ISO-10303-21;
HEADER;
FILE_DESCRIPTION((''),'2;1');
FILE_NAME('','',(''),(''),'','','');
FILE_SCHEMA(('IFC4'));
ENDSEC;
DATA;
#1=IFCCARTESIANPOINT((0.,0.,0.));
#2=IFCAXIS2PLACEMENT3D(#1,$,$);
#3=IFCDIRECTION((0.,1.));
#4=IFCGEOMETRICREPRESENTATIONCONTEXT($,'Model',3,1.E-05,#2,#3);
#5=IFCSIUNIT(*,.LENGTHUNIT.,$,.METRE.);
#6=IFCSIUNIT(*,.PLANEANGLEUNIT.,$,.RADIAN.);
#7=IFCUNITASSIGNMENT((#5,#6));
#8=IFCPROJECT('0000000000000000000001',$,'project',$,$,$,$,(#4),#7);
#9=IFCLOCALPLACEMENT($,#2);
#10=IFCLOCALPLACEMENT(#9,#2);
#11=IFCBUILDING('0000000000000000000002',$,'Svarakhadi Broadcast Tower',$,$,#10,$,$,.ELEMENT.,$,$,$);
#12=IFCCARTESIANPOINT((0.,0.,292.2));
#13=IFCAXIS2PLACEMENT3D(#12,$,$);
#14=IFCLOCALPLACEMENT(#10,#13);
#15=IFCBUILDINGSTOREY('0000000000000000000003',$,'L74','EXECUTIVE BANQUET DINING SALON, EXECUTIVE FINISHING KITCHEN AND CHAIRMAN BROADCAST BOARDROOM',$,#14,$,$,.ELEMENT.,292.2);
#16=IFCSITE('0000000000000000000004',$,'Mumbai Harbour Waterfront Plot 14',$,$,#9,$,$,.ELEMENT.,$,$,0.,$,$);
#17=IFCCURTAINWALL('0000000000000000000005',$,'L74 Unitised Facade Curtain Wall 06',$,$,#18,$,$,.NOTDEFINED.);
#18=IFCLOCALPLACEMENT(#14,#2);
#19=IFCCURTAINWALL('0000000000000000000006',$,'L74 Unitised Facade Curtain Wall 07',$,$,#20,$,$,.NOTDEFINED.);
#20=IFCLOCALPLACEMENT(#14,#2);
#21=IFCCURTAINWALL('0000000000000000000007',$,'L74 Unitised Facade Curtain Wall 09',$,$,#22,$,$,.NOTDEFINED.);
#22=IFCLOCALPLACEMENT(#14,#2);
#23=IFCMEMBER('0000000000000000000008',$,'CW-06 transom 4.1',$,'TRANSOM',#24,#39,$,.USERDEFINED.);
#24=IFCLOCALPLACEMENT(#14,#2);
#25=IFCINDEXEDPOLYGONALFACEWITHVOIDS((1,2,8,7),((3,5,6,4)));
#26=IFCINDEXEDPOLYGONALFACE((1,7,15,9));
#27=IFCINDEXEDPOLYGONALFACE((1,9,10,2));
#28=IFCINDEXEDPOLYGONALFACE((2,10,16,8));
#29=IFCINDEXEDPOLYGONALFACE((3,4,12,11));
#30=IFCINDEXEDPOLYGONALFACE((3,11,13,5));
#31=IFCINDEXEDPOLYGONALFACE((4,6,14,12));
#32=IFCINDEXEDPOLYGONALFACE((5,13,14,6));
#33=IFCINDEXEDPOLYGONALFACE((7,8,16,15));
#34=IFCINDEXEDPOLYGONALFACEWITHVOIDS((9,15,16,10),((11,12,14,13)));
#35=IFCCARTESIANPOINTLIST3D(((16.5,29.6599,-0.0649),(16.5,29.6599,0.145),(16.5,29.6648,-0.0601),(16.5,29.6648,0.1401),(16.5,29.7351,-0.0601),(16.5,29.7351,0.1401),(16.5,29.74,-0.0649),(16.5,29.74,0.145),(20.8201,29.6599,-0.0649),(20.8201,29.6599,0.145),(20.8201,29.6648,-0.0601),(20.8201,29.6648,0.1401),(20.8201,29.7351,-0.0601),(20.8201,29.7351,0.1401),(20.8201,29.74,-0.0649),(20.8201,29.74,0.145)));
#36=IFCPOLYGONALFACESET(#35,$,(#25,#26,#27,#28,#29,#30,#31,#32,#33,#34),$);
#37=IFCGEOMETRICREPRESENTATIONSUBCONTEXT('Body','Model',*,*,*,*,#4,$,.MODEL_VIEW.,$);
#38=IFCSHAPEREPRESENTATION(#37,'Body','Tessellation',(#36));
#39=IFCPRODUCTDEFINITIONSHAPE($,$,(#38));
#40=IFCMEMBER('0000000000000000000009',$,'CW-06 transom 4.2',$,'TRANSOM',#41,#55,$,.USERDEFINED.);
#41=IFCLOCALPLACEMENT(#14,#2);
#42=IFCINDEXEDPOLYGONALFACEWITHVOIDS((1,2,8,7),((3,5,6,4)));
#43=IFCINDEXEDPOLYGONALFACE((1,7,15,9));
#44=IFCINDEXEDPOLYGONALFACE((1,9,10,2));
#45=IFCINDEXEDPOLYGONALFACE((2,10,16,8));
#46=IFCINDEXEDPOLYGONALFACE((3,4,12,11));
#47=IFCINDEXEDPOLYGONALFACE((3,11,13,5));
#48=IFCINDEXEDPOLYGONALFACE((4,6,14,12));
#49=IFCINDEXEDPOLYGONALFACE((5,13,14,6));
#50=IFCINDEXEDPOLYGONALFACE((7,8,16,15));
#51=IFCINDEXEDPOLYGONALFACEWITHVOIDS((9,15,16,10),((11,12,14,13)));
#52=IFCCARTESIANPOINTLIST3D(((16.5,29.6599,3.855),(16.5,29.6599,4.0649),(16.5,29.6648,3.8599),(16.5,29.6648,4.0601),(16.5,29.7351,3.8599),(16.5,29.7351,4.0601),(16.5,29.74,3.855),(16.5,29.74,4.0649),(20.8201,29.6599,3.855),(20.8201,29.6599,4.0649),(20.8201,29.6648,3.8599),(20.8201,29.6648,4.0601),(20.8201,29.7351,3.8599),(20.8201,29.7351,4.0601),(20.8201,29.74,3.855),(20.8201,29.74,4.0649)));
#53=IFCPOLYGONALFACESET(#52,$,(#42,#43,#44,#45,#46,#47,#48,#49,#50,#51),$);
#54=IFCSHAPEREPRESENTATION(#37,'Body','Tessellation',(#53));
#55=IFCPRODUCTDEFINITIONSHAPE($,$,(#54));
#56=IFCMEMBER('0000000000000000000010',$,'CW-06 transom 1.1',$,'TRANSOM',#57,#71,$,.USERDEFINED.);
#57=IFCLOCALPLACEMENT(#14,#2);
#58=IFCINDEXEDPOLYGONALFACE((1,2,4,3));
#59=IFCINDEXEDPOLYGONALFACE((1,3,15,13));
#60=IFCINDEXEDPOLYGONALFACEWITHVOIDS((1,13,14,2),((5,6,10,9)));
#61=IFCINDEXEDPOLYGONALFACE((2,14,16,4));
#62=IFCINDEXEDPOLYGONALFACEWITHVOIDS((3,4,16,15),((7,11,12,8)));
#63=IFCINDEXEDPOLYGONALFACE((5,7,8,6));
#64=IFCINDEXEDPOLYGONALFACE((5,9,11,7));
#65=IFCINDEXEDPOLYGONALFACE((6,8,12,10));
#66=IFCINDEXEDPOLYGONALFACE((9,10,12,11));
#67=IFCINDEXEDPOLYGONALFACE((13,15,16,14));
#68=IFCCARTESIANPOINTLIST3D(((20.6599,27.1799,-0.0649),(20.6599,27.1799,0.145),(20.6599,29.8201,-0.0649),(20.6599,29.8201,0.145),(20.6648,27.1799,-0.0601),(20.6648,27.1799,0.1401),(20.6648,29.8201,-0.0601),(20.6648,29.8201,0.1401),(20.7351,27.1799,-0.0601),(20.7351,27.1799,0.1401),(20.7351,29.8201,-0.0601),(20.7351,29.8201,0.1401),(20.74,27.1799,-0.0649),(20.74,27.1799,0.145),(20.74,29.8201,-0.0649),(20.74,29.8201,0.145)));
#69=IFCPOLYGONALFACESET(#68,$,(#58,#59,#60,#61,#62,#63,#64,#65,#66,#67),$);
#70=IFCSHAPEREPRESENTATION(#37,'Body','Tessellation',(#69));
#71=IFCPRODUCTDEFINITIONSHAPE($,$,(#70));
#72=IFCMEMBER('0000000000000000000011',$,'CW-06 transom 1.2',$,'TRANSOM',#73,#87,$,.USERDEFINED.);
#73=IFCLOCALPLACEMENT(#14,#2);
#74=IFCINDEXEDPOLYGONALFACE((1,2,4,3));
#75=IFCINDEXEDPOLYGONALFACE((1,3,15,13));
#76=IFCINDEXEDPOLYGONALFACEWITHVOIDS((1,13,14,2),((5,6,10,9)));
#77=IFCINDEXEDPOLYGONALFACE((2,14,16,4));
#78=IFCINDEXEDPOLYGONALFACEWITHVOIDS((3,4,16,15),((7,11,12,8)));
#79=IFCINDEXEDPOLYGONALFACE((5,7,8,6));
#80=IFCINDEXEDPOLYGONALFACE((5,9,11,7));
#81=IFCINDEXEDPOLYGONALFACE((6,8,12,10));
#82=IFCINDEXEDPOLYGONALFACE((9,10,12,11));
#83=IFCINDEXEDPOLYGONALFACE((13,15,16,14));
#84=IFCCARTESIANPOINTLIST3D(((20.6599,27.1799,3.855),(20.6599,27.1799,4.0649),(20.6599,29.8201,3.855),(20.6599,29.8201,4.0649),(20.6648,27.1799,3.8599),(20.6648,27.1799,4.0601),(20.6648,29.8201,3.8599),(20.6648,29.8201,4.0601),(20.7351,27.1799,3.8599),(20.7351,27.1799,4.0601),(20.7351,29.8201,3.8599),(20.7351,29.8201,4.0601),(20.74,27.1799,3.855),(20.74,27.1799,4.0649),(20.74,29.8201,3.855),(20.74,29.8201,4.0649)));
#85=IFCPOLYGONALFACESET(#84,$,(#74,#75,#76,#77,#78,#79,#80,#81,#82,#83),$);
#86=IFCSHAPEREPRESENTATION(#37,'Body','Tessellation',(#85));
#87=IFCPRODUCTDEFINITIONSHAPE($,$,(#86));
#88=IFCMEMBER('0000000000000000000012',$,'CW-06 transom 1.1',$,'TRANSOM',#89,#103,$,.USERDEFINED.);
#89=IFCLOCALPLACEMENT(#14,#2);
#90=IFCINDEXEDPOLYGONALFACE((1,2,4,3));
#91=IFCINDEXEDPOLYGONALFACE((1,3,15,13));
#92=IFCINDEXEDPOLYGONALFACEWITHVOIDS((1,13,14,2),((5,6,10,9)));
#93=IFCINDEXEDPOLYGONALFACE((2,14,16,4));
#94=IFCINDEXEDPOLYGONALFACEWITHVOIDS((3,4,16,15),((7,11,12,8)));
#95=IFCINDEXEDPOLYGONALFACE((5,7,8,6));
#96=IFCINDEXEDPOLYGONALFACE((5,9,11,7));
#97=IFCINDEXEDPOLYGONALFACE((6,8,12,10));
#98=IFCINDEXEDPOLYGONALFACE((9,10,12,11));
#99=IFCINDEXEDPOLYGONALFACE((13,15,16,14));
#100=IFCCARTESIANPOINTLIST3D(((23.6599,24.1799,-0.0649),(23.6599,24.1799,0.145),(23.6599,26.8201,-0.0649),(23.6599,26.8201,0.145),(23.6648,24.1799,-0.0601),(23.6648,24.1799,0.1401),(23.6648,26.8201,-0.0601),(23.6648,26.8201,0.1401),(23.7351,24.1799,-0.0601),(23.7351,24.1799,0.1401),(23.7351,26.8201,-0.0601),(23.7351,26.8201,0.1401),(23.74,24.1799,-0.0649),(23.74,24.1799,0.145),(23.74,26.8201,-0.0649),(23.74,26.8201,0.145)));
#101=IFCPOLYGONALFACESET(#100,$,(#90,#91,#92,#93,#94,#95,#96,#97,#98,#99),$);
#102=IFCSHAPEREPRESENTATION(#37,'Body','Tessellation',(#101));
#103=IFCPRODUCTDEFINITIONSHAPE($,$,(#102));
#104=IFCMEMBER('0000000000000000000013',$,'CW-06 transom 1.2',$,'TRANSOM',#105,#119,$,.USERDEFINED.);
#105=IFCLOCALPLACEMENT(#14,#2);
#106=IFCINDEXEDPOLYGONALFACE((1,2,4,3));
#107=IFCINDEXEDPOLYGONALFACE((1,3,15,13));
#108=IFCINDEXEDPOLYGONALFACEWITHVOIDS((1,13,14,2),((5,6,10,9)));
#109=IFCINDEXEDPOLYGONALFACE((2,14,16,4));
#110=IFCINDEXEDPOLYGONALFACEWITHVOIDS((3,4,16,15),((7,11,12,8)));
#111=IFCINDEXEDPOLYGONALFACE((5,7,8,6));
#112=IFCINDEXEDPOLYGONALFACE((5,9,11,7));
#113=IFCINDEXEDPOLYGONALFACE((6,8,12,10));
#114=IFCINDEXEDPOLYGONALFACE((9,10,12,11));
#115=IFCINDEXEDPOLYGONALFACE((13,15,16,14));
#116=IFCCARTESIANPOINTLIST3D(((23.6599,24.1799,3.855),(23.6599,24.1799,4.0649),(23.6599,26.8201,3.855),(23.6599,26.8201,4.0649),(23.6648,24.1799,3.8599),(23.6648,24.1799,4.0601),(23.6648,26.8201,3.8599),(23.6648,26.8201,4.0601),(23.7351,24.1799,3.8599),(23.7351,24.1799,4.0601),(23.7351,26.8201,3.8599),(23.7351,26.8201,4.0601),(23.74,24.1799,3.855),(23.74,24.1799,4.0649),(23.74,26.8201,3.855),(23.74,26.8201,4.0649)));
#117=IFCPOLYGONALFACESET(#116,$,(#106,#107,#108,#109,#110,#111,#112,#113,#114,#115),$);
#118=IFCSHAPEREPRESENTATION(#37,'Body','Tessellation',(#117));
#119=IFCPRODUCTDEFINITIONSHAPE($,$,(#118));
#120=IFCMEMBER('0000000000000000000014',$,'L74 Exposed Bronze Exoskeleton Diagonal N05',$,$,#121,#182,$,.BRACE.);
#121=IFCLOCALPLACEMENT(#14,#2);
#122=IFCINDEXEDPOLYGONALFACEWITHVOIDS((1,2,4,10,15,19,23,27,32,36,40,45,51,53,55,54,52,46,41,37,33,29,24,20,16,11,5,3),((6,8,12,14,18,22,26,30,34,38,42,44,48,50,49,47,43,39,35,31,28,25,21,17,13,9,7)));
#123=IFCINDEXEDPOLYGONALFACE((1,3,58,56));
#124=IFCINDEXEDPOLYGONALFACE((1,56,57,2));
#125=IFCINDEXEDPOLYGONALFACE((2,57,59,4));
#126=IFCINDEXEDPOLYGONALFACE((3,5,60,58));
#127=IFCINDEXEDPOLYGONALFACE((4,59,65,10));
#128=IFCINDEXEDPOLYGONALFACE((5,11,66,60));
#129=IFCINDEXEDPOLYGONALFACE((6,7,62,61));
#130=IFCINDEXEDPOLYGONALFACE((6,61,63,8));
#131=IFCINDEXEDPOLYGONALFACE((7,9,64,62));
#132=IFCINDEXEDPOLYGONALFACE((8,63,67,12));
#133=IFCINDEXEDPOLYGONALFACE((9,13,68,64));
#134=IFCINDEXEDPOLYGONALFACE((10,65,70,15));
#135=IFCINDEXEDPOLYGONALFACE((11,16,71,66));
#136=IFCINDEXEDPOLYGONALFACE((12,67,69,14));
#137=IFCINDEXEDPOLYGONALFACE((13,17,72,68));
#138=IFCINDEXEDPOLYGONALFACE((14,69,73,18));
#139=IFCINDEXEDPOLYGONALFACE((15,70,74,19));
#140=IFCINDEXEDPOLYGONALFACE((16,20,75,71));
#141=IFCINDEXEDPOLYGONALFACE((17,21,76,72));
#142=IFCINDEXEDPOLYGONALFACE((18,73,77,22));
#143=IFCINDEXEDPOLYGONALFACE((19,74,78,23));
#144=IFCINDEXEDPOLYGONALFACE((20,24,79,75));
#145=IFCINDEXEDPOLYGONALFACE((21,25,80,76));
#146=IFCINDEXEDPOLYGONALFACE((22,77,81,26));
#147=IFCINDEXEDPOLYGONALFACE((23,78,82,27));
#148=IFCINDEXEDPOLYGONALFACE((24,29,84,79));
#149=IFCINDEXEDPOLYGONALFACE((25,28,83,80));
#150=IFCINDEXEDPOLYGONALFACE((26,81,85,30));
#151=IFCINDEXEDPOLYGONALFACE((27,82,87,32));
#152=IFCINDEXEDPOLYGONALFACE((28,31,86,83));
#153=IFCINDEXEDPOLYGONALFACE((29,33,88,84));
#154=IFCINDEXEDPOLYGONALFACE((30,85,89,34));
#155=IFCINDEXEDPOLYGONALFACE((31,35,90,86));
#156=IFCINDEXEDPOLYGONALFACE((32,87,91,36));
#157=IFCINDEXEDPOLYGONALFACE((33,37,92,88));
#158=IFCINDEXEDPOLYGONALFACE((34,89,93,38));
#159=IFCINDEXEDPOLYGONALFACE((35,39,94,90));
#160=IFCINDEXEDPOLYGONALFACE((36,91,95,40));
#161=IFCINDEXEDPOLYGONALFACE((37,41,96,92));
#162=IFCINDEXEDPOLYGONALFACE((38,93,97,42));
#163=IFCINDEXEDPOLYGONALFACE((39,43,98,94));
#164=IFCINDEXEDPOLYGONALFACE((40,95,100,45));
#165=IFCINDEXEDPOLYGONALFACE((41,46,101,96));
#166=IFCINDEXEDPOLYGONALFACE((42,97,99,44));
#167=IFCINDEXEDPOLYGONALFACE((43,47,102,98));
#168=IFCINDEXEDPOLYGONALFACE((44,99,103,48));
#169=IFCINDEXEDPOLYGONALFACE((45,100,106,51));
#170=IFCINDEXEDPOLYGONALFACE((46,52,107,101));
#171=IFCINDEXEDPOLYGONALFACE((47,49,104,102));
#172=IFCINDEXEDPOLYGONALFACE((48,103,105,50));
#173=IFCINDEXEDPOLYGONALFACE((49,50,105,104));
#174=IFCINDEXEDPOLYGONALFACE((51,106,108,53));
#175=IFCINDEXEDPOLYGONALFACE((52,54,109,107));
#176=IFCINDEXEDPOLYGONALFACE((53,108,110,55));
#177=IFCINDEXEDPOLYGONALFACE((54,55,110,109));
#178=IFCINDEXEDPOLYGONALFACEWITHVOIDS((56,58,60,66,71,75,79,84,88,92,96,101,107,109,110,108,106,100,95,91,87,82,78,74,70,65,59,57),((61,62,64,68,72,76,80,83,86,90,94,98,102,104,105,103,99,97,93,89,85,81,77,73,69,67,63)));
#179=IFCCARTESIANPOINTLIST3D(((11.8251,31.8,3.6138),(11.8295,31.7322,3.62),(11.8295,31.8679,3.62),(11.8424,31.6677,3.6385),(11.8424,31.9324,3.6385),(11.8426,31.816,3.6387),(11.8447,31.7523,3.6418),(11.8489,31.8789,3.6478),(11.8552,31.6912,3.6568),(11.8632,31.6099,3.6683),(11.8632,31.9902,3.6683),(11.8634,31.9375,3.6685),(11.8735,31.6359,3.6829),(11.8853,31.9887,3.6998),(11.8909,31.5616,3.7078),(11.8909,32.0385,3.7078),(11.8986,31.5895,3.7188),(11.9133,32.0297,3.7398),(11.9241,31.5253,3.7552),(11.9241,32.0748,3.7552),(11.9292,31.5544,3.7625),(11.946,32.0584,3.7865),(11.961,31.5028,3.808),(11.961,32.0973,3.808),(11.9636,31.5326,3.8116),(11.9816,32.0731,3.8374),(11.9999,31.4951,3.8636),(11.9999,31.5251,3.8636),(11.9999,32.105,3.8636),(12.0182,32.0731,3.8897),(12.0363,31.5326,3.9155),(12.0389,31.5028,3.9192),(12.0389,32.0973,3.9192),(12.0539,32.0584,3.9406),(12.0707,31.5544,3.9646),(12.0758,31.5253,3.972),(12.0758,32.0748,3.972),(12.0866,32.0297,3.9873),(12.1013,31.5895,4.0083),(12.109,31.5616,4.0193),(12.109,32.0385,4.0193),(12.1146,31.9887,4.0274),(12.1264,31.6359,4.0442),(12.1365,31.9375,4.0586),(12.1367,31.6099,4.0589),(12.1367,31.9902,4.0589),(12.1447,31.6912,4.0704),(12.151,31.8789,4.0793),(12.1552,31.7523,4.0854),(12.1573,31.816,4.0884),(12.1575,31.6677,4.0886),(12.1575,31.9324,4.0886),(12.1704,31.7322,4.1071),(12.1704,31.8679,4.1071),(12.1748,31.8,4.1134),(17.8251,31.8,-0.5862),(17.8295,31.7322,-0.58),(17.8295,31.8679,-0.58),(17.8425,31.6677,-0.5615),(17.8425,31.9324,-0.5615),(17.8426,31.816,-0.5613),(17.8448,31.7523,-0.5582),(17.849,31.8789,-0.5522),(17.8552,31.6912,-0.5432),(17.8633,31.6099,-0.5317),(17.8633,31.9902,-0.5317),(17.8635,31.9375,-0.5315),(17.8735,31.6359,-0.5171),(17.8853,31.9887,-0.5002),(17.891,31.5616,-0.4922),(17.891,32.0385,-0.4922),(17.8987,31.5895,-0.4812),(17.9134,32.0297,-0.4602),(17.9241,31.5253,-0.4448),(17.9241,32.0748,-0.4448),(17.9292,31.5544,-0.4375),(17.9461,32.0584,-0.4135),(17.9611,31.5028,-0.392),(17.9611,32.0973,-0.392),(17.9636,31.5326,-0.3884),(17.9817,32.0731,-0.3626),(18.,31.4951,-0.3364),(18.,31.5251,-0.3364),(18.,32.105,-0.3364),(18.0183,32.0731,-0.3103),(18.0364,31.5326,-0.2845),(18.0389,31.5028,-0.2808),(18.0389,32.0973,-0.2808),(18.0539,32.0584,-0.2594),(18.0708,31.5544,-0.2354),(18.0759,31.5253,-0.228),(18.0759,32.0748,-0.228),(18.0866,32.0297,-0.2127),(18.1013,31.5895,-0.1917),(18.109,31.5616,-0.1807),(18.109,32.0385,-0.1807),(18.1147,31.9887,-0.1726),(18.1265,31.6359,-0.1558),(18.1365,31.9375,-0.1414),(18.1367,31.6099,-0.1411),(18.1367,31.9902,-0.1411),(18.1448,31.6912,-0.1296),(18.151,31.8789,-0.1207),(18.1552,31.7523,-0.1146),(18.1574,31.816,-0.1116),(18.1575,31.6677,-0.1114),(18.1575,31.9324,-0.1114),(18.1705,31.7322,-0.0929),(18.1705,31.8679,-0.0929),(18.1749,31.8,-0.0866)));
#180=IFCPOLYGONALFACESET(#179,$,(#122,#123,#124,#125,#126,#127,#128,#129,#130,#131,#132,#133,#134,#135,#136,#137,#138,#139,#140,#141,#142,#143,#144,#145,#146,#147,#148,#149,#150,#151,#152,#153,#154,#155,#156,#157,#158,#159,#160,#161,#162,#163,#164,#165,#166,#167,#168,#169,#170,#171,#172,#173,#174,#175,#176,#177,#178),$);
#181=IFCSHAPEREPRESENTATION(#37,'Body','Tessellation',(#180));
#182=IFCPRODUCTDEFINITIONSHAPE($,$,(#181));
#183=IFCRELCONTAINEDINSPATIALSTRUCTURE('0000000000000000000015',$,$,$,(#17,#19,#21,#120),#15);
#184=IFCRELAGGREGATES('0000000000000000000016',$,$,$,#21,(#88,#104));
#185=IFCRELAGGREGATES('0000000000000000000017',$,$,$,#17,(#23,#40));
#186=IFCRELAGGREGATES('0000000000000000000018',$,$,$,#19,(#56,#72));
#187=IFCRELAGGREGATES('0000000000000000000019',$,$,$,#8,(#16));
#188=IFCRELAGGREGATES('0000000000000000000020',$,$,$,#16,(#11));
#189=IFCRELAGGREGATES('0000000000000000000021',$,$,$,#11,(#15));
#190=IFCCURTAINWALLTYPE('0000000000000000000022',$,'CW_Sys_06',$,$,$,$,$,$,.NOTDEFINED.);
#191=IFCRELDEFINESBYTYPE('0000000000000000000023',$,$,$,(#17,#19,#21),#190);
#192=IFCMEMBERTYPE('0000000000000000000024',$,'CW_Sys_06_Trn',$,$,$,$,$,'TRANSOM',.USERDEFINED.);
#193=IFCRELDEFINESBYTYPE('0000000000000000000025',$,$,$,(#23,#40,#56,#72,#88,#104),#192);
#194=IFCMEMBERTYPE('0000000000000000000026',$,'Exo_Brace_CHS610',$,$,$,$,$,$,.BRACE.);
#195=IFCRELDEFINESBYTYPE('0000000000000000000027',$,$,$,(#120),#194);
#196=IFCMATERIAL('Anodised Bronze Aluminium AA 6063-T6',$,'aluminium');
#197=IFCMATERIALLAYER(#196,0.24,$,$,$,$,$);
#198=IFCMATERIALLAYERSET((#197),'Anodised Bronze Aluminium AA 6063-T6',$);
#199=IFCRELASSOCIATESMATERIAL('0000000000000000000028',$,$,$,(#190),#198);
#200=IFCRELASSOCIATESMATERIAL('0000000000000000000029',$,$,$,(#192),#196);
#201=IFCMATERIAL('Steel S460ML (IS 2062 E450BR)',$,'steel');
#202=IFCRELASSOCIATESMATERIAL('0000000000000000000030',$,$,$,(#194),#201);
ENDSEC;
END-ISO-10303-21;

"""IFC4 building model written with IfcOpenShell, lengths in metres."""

from ifc_helpers import new_model, si_unit, direction, frame, origin, origin_2d, place, context, subcontext, project, spatial, hollow_rectangle, hollow_circle, extrude, material, layer, layer_set, material_profile, profile_set, type_object, element, aggregate, save


model = new_model("IFC4")

# Units and contexts
model_context = context("Model", 3, precision=1e-05, world=origin(), true_north=direction((0.0, 1.0)))
body_context = subcontext(model_context, "Body", "Model", "MODEL_VIEW")
ifc_project = project(units=[si_unit("LENGTHUNIT", "METRE"), si_unit("PLANEANGLEUNIT", "RADIAN")], contexts=[model_context])

# Site, building, storey
site_placement = place(None, origin())
site = spatial("IfcSite", under=ifc_project, at=site_placement, Name="Mumbai Harbour Waterfront Plot 14", CompositionType="ELEMENT", RefElevation=0.0)
building_placement = place(site_placement, origin())
building = spatial("IfcBuilding", under=site, at=building_placement, Name="Svarakhadi Broadcast Tower", CompositionType="ELEMENT")
storey_placement = place(building_placement, frame((0.0, 0.0, 292.2)))
storey = spatial("IfcBuildingStorey", under=building, at=storey_placement, Name="L74", Description="EXECUTIVE BANQUET DINING SALON, EXECUTIVE FINISHING KITCHEN AND CHAIRMAN BROADCAST BOARDROOM", CompositionType="ELEMENT", Elevation=292.2)

# Shared definitions
ifc_material_1 = material(Name="Steel S460ML (IS 2062 E450BR)", Category="steel")

# Curtain walls
ifc_material_2 = material(Name="Anodised Bronze Aluminium AA 6063-T6", Category="aluminium")
ifc_layer_1 = layer(ifc_material_2, 0.24)
ifc_layer_set_1 = layer_set([ifc_layer_1], Name="Anodised Bronze Aluminium AA 6063-T6")
curtain_wall_type = type_object("IfcCurtainWallType", Name="CW_Sys_06", PredefinedType="NOTDEFINED", material=ifc_layer_set_1)
curtain_wall_1_placement = place(storey_placement, origin())
curtain_wall_1 = element("IfcCurtainWall", 1, at=curtain_wall_1_placement, inside=storey, type_object=curtain_wall_type, Name="L74 Unitised Facade Curtain Wall 06", PredefinedType="NOTDEFINED")
curtain_wall_2_placement = place(storey_placement, origin())
curtain_wall_2 = element("IfcCurtainWall", 2, at=curtain_wall_2_placement, inside=storey, type_object=curtain_wall_type, Name="L74 Unitised Facade Curtain Wall 07", PredefinedType="NOTDEFINED")

# Curtain wall
curtain_wall_3_placement = place(storey_placement, origin())
curtain_wall_3 = element("IfcCurtainWall", 3, at=curtain_wall_3_placement, inside=storey, type_object=curtain_wall_type, Name="L74 Unitised Facade Curtain Wall 09", PredefinedType="NOTDEFINED")

# Members
ifc_material_profile_1 = material_profile(ifc_material_2, hollow_rectangle(XDim=0.0801, YDim=0.21, WallThickness=0.0049, at=origin_2d()), Name="ALU TRANSOM 210x80x5")
ifc_profile_set_1 = profile_set([ifc_material_profile_1], Name="Anodised Bronze Aluminium AA 6063-T6")
member_type_1 = type_object("IfcMemberType", Name="CW_Sys_06_Trn", ElementType="TRANSOM", PredefinedType="USERDEFINED", material=ifc_profile_set_1)
member_1_placement = place(storey_placement, frame((16.5, 29.7, 0.04), z_axis=(1.0, 0.0, 0.0), x_axis=(0.0, 1.0, 0.0)))
member_1 = element("IfcMember", 4, at=member_1_placement, type_object=member_type_1, Name="CW-06 transom 4.1", ObjectType="TRANSOM", PredefinedType="USERDEFINED", context=body_context, shape_type="SweptSolid", body=[
    extrude(hollow_rectangle(XDim=0.0801, YDim=0.21, WallThickness=0.0049, at=origin_2d()), origin(), (0.0, 0.0, 1.0), 4.3201),
])
member_2_placement = place(storey_placement, frame((16.5, 29.7, 3.96), z_axis=(1.0, 0.0, 0.0), x_axis=(0.0, 1.0, 0.0)))
member_2 = element("IfcMember", 5, at=member_2_placement, type_object=member_type_1, Name="CW-06 transom 4.2", ObjectType="TRANSOM", PredefinedType="USERDEFINED", context=body_context, shape_type="SweptSolid", body=[
    extrude(hollow_rectangle(XDim=0.0801, YDim=0.21, WallThickness=0.0049, at=origin_2d()), origin(), (0.0, 0.0, 1.0), 4.3201),
])
member_3_placement = place(storey_placement, frame((20.7, 29.8201, 0.04), z_axis=(0.0, -1.0, 0.0), x_axis=(1.0, 0.0, 0.0)))
member_3 = element("IfcMember", 6, at=member_3_placement, type_object=member_type_1, Name="CW-06 transom 1.1", ObjectType="TRANSOM", PredefinedType="USERDEFINED", context=body_context, shape_type="SweptSolid", body=[
    extrude(hollow_rectangle(XDim=0.0801, YDim=0.21, WallThickness=0.0049, at=origin_2d()), origin(), (0.0, 0.0, 1.0), 2.6401),
])
member_4_placement = place(storey_placement, frame((20.7, 29.8201, 3.96), z_axis=(0.0, -1.0, 0.0), x_axis=(1.0, 0.0, 0.0)))
member_4 = element("IfcMember", 7, at=member_4_placement, type_object=member_type_1, Name="CW-06 transom 1.2", ObjectType="TRANSOM", PredefinedType="USERDEFINED", context=body_context, shape_type="SweptSolid", body=[
    extrude(hollow_rectangle(XDim=0.0801, YDim=0.21, WallThickness=0.0049, at=origin_2d()), origin(), (0.0, 0.0, 1.0), 2.6401),
])
member_5_placement = place(storey_placement, frame((23.7, 26.8201, 0.04), z_axis=(0.0, -1.0, 0.0), x_axis=(1.0, 0.0, 0.0)))
member_5 = element("IfcMember", 8, at=member_5_placement, type_object=member_type_1, Name="CW-06 transom 1.1", ObjectType="TRANSOM", PredefinedType="USERDEFINED", context=body_context, shape_type="SweptSolid", body=[
    extrude(hollow_rectangle(XDim=0.0801, YDim=0.21, WallThickness=0.0049, at=origin_2d()), origin(), (0.0, 0.0, 1.0), 2.6401),
])
member_6_placement = place(storey_placement, frame((23.7, 26.8201, 3.96), z_axis=(0.0, -1.0, 0.0), x_axis=(1.0, 0.0, 0.0)))
member_6 = element("IfcMember", 9, at=member_6_placement, type_object=member_type_1, Name="CW-06 transom 1.2", ObjectType="TRANSOM", PredefinedType="USERDEFINED", context=body_context, shape_type="SweptSolid", body=[
    extrude(hollow_rectangle(XDim=0.0801, YDim=0.21, WallThickness=0.0049, at=origin_2d()), origin(), (0.0, 0.0, 1.0), 2.6401),
])
aggregate(curtain_wall_3, [member_5, member_6])

# Member
ifc_material_profile_2 = material_profile(ifc_material_1, hollow_circle(Radius=0.3049, WallThickness=0.03, at=origin_2d()), Name="CHS 610x30")
ifc_profile_set_2 = profile_set([ifc_material_profile_2], Name="Steel S460ML (IS 2062 E450BR)")
member_type_2 = type_object("IfcMemberType", Name="Exo_Brace_CHS610", PredefinedType="BRACE", material=ifc_profile_set_2)
member_7_placement = place(storey_placement, frame((18.0, 31.8, -0.3364), z_axis=(-0.819235, 0.0, 0.573458), x_axis=(0.0, -1.0, 0.0)))
element("IfcMember", 10, at=member_7_placement, inside=storey, type_object=member_type_2, Name="L74 Exposed Bronze Exoskeleton Diagonal N05", PredefinedType="BRACE", context=body_context, shape_type="SweptSolid", body=[
    extrude(hollow_circle(Radius=0.3049, WallThickness=0.03, at=origin_2d()), origin(), (0.0, 0.0, 1.0), 7.324),
])

aggregate(curtain_wall_1, [member_1, member_2])
aggregate(curtain_wall_2, [member_3, member_4])

save(model, "model.ifc")
